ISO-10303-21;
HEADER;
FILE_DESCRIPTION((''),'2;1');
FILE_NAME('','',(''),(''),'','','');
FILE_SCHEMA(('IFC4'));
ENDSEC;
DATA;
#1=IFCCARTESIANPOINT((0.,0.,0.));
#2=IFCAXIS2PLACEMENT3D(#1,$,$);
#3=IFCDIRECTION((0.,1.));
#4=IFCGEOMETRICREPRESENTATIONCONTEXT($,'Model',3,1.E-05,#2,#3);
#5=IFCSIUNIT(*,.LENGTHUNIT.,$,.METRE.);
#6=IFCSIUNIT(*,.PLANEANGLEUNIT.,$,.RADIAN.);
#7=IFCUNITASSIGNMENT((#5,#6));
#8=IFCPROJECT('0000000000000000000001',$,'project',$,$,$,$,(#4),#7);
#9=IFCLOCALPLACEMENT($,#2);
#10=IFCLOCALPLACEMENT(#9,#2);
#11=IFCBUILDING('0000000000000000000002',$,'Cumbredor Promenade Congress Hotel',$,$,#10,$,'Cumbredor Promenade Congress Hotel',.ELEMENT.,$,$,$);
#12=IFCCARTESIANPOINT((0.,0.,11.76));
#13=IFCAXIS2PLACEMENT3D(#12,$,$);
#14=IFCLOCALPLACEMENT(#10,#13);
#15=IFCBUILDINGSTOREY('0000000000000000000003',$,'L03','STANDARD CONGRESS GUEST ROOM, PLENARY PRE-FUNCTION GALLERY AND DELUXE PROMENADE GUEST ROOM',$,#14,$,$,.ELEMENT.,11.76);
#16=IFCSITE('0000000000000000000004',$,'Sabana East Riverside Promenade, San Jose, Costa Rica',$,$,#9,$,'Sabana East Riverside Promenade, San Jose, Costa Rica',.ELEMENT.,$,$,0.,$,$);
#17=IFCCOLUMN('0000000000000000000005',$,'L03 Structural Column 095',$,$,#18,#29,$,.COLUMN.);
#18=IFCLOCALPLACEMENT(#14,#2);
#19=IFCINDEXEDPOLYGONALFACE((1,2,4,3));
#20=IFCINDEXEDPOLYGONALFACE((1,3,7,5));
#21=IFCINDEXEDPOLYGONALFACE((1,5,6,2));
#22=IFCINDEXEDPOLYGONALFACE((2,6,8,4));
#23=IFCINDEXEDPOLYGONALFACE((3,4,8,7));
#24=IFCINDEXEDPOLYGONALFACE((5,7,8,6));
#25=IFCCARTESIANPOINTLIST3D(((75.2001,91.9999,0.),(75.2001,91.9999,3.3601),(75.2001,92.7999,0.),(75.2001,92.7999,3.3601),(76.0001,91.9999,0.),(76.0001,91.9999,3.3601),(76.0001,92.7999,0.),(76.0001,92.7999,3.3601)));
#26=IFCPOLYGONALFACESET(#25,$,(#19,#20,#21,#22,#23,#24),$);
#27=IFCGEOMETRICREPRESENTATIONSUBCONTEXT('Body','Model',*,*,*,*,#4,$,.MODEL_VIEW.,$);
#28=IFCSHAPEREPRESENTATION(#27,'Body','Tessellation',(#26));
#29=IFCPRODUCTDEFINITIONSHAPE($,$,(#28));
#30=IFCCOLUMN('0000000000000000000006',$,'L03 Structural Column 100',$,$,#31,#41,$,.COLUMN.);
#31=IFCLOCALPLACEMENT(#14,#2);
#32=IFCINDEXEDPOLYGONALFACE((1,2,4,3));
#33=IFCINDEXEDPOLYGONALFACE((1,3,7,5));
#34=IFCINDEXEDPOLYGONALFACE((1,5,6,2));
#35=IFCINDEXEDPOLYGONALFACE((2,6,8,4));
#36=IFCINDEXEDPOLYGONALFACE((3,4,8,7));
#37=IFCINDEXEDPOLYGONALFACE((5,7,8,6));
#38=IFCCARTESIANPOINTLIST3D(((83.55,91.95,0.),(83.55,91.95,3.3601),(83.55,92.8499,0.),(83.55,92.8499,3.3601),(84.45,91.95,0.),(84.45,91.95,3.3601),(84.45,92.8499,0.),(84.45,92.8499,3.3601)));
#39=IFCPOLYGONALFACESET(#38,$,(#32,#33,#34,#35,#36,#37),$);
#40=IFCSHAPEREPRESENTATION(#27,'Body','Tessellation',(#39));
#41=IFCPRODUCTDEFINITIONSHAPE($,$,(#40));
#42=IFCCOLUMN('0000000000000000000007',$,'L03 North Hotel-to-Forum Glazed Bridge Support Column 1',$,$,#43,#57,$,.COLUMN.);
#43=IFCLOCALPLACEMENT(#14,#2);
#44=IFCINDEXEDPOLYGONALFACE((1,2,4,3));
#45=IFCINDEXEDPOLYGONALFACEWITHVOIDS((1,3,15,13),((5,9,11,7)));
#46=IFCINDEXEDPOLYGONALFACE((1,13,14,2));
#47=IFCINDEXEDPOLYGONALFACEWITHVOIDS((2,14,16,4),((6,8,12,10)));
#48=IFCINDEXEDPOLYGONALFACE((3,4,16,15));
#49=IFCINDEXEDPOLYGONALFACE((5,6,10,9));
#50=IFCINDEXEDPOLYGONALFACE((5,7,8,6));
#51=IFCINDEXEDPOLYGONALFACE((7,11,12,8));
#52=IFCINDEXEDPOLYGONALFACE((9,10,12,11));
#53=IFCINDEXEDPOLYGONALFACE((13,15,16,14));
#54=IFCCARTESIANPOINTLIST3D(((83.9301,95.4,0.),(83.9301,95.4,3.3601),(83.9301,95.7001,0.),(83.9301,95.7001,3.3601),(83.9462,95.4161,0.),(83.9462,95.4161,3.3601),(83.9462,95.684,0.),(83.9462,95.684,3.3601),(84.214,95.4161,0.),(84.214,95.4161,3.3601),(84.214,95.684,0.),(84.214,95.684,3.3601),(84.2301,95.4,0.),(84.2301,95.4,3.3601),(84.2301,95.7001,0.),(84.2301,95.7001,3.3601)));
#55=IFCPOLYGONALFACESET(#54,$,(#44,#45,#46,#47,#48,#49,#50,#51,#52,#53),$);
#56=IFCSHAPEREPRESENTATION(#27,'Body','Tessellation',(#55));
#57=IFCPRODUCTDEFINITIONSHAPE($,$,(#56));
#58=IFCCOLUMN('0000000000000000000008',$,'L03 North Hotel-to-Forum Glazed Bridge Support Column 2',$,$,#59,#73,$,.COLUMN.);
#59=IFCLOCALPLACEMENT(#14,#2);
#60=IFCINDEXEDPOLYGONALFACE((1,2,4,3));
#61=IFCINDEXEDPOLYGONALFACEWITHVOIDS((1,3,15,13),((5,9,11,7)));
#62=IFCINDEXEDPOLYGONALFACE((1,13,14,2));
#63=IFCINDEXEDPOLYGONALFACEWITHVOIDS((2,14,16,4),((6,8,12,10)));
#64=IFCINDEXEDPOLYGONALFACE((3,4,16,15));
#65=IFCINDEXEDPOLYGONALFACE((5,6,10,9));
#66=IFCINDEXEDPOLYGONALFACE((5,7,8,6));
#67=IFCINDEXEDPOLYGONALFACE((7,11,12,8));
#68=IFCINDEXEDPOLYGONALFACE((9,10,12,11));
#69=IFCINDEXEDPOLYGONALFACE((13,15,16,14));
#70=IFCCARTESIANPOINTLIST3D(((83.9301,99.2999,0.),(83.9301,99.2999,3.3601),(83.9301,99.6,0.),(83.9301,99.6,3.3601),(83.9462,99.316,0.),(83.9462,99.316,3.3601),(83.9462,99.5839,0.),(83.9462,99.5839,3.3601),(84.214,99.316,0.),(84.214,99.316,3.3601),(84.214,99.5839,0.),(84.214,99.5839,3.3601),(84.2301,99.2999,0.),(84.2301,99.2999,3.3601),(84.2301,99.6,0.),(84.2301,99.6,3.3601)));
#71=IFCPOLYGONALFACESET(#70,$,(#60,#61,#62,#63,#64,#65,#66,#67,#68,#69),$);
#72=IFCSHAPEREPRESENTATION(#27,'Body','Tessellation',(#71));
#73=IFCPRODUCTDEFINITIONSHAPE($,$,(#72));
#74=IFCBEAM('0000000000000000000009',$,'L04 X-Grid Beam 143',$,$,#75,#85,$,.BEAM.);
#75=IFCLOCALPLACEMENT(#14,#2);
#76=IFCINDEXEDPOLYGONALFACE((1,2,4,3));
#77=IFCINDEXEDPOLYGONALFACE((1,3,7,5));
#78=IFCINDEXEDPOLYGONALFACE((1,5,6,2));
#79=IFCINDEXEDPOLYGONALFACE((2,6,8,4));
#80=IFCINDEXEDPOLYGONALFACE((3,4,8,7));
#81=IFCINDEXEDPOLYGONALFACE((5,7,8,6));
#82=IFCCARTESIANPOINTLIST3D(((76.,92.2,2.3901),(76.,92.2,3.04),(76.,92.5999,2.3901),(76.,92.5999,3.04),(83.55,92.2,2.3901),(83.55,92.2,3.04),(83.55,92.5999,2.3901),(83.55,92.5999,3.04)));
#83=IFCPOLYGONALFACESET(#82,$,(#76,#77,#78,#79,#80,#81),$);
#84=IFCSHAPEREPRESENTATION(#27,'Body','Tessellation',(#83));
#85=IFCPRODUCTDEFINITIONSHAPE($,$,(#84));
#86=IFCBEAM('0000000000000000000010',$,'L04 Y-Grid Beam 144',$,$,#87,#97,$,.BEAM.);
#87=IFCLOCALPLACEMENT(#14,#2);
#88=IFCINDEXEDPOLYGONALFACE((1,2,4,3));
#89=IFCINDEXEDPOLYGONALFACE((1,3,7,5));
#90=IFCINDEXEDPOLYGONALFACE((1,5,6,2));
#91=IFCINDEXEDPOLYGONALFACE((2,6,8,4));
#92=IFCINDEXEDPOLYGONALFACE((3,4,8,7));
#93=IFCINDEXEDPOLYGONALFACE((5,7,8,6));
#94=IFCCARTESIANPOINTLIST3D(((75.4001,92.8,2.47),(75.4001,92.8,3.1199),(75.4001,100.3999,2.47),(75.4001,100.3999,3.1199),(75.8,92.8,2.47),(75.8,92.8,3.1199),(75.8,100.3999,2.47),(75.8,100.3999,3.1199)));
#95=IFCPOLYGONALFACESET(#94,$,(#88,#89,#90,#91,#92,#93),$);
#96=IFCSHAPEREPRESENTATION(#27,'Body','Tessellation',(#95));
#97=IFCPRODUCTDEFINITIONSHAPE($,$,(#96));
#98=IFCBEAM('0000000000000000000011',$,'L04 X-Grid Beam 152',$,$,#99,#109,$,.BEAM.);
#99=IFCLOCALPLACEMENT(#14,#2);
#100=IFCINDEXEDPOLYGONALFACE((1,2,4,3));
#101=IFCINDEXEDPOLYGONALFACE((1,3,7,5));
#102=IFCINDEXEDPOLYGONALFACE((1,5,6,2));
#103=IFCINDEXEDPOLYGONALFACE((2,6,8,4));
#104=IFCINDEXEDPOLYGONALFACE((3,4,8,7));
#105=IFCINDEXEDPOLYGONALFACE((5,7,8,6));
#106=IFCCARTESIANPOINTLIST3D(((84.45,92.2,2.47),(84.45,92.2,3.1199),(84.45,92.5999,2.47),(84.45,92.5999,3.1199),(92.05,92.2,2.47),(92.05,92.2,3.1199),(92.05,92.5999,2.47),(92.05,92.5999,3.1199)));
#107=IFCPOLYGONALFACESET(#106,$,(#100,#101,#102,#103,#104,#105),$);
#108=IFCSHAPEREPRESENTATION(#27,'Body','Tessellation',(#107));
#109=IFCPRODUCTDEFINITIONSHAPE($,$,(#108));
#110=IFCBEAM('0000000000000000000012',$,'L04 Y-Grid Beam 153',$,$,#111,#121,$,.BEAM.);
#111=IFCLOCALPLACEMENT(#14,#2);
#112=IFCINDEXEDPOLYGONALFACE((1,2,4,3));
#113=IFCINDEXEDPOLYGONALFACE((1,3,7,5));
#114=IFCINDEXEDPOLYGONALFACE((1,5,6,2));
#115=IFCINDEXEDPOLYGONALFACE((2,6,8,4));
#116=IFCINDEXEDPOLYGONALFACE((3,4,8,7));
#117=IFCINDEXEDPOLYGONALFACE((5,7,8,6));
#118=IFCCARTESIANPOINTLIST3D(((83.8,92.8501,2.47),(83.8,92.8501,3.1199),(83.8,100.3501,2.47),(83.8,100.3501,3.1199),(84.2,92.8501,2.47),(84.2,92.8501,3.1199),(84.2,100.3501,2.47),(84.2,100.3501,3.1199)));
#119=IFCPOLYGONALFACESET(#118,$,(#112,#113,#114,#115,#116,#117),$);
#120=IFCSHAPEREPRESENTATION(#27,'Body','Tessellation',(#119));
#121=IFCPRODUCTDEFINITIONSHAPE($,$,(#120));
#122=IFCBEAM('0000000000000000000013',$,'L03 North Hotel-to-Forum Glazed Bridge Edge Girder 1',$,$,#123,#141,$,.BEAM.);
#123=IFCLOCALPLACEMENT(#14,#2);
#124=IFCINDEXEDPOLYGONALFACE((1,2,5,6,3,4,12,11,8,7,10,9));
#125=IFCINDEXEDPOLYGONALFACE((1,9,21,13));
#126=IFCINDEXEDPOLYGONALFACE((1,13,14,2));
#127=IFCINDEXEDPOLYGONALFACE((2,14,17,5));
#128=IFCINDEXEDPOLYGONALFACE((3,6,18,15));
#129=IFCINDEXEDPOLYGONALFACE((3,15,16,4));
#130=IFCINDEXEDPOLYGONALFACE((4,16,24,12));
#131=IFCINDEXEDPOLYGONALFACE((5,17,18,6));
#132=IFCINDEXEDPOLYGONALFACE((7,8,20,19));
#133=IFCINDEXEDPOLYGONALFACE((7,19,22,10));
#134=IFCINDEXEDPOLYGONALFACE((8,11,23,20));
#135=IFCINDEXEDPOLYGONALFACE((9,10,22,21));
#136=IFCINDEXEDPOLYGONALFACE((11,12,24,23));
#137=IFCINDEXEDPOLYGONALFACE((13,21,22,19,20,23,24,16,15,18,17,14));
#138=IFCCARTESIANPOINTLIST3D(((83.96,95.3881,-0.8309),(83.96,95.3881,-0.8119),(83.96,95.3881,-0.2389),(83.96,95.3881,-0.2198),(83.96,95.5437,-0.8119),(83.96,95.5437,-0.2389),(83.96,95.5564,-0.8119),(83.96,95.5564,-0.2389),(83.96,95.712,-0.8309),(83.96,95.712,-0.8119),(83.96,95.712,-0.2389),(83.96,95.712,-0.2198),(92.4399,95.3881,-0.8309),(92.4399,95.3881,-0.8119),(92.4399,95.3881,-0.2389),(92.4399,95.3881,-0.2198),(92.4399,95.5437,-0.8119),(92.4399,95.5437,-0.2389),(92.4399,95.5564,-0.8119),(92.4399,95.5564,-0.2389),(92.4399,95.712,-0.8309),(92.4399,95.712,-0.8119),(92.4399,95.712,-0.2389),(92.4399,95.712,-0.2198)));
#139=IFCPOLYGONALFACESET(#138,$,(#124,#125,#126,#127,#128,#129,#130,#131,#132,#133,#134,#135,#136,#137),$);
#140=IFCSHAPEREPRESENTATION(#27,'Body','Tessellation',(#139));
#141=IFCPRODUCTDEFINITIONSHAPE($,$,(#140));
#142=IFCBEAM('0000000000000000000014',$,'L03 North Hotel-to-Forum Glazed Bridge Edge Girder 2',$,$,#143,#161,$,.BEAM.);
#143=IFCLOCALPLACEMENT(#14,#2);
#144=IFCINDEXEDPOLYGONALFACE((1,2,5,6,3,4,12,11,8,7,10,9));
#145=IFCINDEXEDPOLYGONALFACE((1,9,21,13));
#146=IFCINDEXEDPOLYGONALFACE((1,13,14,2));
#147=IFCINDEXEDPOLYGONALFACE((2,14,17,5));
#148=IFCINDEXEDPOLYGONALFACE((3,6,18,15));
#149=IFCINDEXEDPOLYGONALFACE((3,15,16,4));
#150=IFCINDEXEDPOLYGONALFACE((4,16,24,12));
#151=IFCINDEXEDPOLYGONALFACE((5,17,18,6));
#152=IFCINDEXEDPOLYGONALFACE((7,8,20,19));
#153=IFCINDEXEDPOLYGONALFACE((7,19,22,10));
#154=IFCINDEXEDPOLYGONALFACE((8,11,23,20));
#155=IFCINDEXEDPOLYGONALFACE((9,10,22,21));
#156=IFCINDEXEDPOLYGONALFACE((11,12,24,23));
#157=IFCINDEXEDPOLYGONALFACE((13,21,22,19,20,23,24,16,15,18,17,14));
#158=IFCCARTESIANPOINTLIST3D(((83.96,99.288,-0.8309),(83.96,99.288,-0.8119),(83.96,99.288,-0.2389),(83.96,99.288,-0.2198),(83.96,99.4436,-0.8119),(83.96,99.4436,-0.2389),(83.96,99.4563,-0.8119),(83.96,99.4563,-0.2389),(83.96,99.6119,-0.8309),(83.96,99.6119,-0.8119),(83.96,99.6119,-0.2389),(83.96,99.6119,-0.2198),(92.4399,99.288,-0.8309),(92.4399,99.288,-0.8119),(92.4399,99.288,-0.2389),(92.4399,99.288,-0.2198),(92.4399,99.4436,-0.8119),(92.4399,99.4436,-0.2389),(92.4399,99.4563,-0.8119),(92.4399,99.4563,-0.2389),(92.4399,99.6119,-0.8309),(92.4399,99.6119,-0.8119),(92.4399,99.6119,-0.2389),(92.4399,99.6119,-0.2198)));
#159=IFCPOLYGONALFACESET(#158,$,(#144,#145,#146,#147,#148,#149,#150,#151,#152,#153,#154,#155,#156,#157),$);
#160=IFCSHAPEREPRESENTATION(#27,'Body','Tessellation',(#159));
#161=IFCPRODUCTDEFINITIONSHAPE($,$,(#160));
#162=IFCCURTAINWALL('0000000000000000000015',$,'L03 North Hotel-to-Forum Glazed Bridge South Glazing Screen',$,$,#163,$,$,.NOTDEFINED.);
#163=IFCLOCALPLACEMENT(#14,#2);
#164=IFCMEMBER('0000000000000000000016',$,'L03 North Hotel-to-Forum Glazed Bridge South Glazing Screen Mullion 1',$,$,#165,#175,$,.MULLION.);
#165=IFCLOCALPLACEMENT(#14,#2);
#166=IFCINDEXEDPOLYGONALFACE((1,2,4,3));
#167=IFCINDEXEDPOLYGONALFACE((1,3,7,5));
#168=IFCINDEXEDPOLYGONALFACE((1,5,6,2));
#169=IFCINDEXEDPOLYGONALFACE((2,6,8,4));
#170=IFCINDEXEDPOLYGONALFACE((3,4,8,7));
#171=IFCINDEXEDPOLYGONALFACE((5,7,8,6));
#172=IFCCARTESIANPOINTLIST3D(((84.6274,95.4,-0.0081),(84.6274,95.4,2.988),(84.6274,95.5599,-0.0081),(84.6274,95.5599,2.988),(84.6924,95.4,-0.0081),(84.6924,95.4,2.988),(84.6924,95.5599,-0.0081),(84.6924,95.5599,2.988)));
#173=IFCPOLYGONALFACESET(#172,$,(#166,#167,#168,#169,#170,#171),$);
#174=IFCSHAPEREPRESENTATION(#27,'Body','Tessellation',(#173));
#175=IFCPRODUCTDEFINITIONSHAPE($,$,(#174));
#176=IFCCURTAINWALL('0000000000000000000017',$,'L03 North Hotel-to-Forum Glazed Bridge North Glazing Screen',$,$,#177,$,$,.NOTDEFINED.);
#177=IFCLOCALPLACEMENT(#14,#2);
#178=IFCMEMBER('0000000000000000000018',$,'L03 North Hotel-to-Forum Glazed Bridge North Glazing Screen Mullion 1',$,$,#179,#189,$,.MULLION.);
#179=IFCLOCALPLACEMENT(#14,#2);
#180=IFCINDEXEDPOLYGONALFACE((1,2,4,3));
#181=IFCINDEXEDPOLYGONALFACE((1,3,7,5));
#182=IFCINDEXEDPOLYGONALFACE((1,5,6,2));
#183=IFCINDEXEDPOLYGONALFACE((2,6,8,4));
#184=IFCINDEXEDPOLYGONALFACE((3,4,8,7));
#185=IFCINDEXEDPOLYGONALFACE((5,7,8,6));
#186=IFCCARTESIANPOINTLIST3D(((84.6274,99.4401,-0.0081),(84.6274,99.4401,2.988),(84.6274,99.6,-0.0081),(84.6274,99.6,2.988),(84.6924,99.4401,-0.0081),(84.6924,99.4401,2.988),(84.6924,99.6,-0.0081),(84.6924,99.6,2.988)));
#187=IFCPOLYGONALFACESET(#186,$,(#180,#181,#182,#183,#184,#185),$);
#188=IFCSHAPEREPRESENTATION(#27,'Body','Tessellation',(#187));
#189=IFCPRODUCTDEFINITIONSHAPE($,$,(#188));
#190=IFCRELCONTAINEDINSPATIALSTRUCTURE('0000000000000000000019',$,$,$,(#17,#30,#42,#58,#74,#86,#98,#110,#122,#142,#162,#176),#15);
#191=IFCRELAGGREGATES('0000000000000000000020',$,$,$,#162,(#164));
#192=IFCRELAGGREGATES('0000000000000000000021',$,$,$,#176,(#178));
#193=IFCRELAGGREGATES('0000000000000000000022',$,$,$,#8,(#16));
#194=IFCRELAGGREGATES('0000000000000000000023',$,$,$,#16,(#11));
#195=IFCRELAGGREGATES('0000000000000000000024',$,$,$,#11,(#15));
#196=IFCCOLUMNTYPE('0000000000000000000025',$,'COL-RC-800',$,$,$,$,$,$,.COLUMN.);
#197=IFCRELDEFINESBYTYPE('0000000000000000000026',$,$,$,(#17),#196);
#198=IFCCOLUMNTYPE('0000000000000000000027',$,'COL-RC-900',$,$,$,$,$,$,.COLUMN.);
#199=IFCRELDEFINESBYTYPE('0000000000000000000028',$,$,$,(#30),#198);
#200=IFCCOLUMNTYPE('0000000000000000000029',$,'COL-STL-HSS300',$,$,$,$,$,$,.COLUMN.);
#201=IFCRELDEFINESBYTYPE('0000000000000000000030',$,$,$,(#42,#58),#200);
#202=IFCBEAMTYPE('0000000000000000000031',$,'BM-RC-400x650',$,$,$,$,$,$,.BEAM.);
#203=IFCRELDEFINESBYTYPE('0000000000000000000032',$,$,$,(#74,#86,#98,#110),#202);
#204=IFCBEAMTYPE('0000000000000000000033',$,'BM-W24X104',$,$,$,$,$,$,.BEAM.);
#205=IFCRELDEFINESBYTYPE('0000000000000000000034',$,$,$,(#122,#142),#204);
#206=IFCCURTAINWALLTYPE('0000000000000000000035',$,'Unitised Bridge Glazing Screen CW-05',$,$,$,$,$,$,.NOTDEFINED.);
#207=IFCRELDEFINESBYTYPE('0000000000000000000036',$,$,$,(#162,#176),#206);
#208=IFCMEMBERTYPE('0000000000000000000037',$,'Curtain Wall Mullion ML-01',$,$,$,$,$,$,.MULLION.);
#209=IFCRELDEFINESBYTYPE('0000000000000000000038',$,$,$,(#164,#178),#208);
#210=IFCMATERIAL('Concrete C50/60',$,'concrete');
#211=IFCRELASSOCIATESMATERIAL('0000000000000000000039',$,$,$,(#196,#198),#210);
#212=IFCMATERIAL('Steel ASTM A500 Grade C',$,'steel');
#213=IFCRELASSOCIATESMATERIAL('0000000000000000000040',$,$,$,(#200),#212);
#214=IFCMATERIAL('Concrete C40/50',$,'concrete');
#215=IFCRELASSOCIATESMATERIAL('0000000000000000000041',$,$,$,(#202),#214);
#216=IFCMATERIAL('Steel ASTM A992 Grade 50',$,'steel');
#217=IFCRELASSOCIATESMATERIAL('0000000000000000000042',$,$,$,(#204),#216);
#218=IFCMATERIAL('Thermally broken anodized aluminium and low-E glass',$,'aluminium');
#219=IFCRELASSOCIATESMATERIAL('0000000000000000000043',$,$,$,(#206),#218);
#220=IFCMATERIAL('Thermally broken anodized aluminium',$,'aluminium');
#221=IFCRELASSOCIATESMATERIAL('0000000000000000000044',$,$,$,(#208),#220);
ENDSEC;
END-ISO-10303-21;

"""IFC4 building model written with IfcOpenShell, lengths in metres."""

from ifc_helpers import new_model, si_unit, direction, frame, origin, origin_2d, place, context, subcontext, project, spatial, rectangle, hollow_rectangle, i_section, extrude, material, material_profile, profile_set, type_object, element, aggregate, save


model = new_model("IFC4")

# Units and contexts
model_context = context("Model", 3, precision=1e-05, world=origin(), true_north=direction((0.0, 1.0)))
body_context = subcontext(model_context, "Body", "Model", "MODEL_VIEW")
ifc_project = project(units=[si_unit("LENGTHUNIT", "METRE"), si_unit("PLANEANGLEUNIT", "RADIAN")], contexts=[model_context])

# Site, building, storey
site_placement = place(None, origin())
site = spatial("IfcSite", under=ifc_project, at=site_placement, Name="Sabana East Riverside Promenade, San Jose, Costa Rica", LongName="Sabana East Riverside Promenade, San Jose, Costa Rica", CompositionType="ELEMENT", RefElevation=0.0)
building_placement = place(site_placement, origin())
building = spatial("IfcBuilding", under=site, at=building_placement, Name="Cumbredor Promenade Congress Hotel", LongName="Cumbredor Promenade Congress Hotel", CompositionType="ELEMENT")
storey_placement = place(building_placement, frame((0.0, 0.0, 11.76)))
storey = spatial("IfcBuildingStorey", under=building, at=storey_placement, Name="L03", Description="STANDARD CONGRESS GUEST ROOM, PLENARY PRE-FUNCTION GALLERY AND DELUXE PROMENADE GUEST ROOM", CompositionType="ELEMENT", Elevation=11.76)

# Columns
ifc_material_1 = material(Name="Concrete C50/60", Category="concrete")
ifc_material_profile_1 = material_profile(ifc_material_1, rectangle(XDim=0.8, YDim=0.8, at=origin_2d()), Name="RC 800x800")
ifc_profile_set_1 = profile_set([ifc_material_profile_1], Name="Concrete C50/60")
column_type_1 = type_object("IfcColumnType", Name="COL-RC-800", PredefinedType="COLUMN", material=ifc_profile_set_1)
column_1_placement = place(storey_placement, frame((75.6001, 92.3999, 0.0), z_axis=(0.0, 0.0, 1.0), x_axis=(1.0, 0.0, 0.0)))
element("IfcColumn", 1, at=column_1_placement, inside=storey, type_object=column_type_1, Name="L03 Structural Column 095", PredefinedType="COLUMN", context=body_context, shape_type="SweptSolid", body=[
    extrude(rectangle(XDim=0.8, YDim=0.8, at=origin_2d()), origin(), (0.0, 0.0, 1.0), 3.3601),
])
ifc_material_profile_2 = material_profile(ifc_material_1, rectangle(XDim=0.8999, YDim=0.8999, at=origin_2d()), Name="RC 900x900")
ifc_profile_set_2 = profile_set([ifc_material_profile_2], Name="Concrete C50/60")
column_type_2 = type_object("IfcColumnType", Name="COL-RC-900", PredefinedType="COLUMN", material=ifc_profile_set_2)
column_2_placement = place(storey_placement, frame((84.0, 92.3999, 0.0), z_axis=(0.0, 0.0, 1.0), x_axis=(1.0, 0.0, 0.0)))
element("IfcColumn", 2, at=column_2_placement, inside=storey, type_object=column_type_2, Name="L03 Structural Column 100", PredefinedType="COLUMN", context=body_context, shape_type="SweptSolid", body=[
    extrude(rectangle(XDim=0.8999, YDim=0.8999, at=origin_2d()), origin(), (0.0, 0.0, 1.0), 3.3601),
])
ifc_material_2 = material(Name="Steel ASTM A500 Grade C", Category="steel")
ifc_material_profile_3 = material_profile(ifc_material_2, hollow_rectangle(XDim=0.3, YDim=0.3, WallThickness=0.0161, at=origin_2d()), Name="HSS 300x300x16")
ifc_profile_set_3 = profile_set([ifc_material_profile_3], Name="Steel ASTM A500 Grade C")
column_type_3 = type_object("IfcColumnType", Name="COL-STL-HSS300", PredefinedType="COLUMN", material=ifc_profile_set_3)
for number, where, z_axis, x_axis, name in (
    (3, (84.0801, 95.55, 0.0), (0.0, 0.0, 1.0), (1.0, 0.0, 0.0), "L03 North Hotel-to-Forum Glazed Bridge Support Column 1"),
    (4, (84.0801, 99.45, 0.0), (0.0, 0.0, 1.0), (1.0, 0.0, 0.0), "L03 North Hotel-to-Forum Glazed Bridge Support Column 2"),
):
    element("IfcColumn", number, at=place(storey_placement, frame(where, z_axis=z_axis, x_axis=x_axis)), inside=storey, type_object=column_type_3, Name=name, PredefinedType="COLUMN", context=body_context, shape_type="SweptSolid", body=[
        extrude(hollow_rectangle(XDim=0.3, YDim=0.3, WallThickness=0.0161, at=origin_2d()), origin(), (0.0, 0.0, 1.0), 3.3601),
    ])

# Beams
ifc_material_3 = material(Name="Concrete C40/50", Category="concrete")
ifc_material_profile_4 = material_profile(ifc_material_3, rectangle(XDim=0.3999, YDim=0.6499, at=origin_2d()), Name="RC BEAM 400x650")
ifc_profile_set_4 = profile_set([ifc_material_profile_4], Name="Concrete C40/50")
beam_type_1 = type_object("IfcBeamType", Name="BM-RC-400x650", PredefinedType="BEAM", material=ifc_profile_set_4)
beam_1_placement = place(storey_placement, frame((76.0, 92.3999, 2.7151), z_axis=(1.0, 0.0, 0.0), x_axis=(0.0, 1.0, 0.0)))
element("IfcBeam", 5, at=beam_1_placement, inside=storey, type_object=beam_type_1, Name="L04 X-Grid Beam 143", PredefinedType="BEAM", context=body_context, shape_type="SweptSolid", body=[
    extrude(rectangle(XDim=0.3999, YDim=0.6499, at=origin_2d()), origin(), (0.0, 0.0, 1.0), 7.55),
])
beam_2_placement = place(storey_placement, frame((75.6001, 92.8, 2.7949), z_axis=(0.0, 1.0, 0.0), x_axis=(-1.0, 0.0, 0.0)))
element("IfcBeam", 6, at=beam_2_placement, inside=storey, type_object=beam_type_1, Name="L04 Y-Grid Beam 144", PredefinedType="BEAM", context=body_context, shape_type="SweptSolid", body=[
    extrude(rectangle(XDim=0.3999, YDim=0.6499, at=origin_2d()), origin(), (0.0, 0.0, 1.0), 7.5999),
])
beam_3_placement = place(storey_placement, frame((84.45, 92.3999, 2.7949), z_axis=(1.0, 0.0, 0.0), x_axis=(0.0, 1.0, 0.0)))
element("IfcBeam", 7, at=beam_3_placement, inside=storey, type_object=beam_type_1, Name="L04 X-Grid Beam 152", PredefinedType="BEAM", context=body_context, shape_type="SweptSolid", body=[
    extrude(rectangle(XDim=0.3999, YDim=0.6499, at=origin_2d()), origin(), (0.0, 0.0, 1.0), 7.6001),
])
beam_4_placement = place(storey_placement, frame((84.0, 92.8501, 2.7949), z_axis=(0.0, 1.0, 0.0), x_axis=(-1.0, 0.0, 0.0)))
element("IfcBeam", 8, at=beam_4_placement, inside=storey, type_object=beam_type_1, Name="L04 Y-Grid Beam 153", PredefinedType="BEAM", context=body_context, shape_type="SweptSolid", body=[
    extrude(rectangle(XDim=0.3999, YDim=0.6499, at=origin_2d()), origin(), (0.0, 0.0, 1.0), 7.5),
])
ifc_material_4 = material(Name="Steel ASTM A992 Grade 50", Category="steel")
ifc_material_profile_5 = material_profile(ifc_material_4, i_section(OverallWidth=0.324, OverallDepth=0.6111, WebThickness=0.0127, FlangeThickness=0.019, at=origin_2d()), Name="W24X104")
ifc_profile_set_5 = profile_set([ifc_material_profile_5], Name="Steel ASTM A992 Grade 50")
beam_type_2 = type_object("IfcBeamType", Name="BM-W24X104", PredefinedType="BEAM", material=ifc_profile_set_5)
for number, where, z_axis, x_axis, name in (
    (9, (83.96, 95.55, -0.5254), (1.0, 0.0, 0.0), (0.0, 1.0, 0.0), "L03 North Hotel-to-Forum Glazed Bridge Edge Girder 1"),
    (10, (83.96, 99.45, -0.5254), (1.0, 0.0, 0.0), (0.0, 1.0, 0.0), "L03 North Hotel-to-Forum Glazed Bridge Edge Girder 2"),
):
    element("IfcBeam", number, at=place(storey_placement, frame(where, z_axis=z_axis, x_axis=x_axis)), inside=storey, type_object=beam_type_2, Name=name, PredefinedType="BEAM", context=body_context, shape_type="SweptSolid", body=[
        extrude(i_section(OverallWidth=0.324, OverallDepth=0.6111, WebThickness=0.0127, FlangeThickness=0.019, at=origin_2d()), origin(), (0.0, 0.0, 1.0), 8.48),
    ])

# Curtain walls, members
ifc_material_5 = material(Name="Thermally broken anodized aluminium and low-E glass", Category="aluminium")
curtain_wall_type_1 = type_object("IfcCurtainWallType", Name="Unitised Bridge Glazing Screen CW-05", PredefinedType="NOTDEFINED", material=ifc_material_5)
curtain_wall_1_placement = place(storey_placement, origin())
curtain_wall_1 = element("IfcCurtainWall", 11, at=curtain_wall_1_placement, inside=storey, type_object=curtain_wall_type_1, Name="L03 North Hotel-to-Forum Glazed Bridge South Glazing Screen", PredefinedType="NOTDEFINED")
ifc_material_6 = material(Name="Thermally broken anodized aluminium", Category="aluminium")
ifc_material_profile_6 = material_profile(ifc_material_6, rectangle(XDim=0.0649, YDim=0.1599, at=origin_2d()), Name="ALU MULLION 65x160")
ifc_profile_set_6 = profile_set([ifc_material_profile_6], Name="Thermally broken anodized aluminium")
member_type_1 = type_object("IfcMemberType", Name="Curtain Wall Mullion ML-01", PredefinedType="MULLION", material=ifc_profile_set_6)
member_1_placement = place(storey_placement, frame((84.6599, 95.48, -0.0081), z_axis=(0.0, 0.0, 1.0), x_axis=(1.0, 0.0, 0.0)))
member_1 = element("IfcMember", 12, at=member_1_placement, type_object=member_type_1, Name="L03 North Hotel-to-Forum Glazed Bridge South Glazing Screen Mullion 1", PredefinedType="MULLION", context=body_context, shape_type="SweptSolid", body=[
    extrude(rectangle(XDim=0.0649, YDim=0.1599, at=origin_2d()), origin(), (0.0, 0.0, 1.0), 2.9961),
])
curtain_wall_2_placement = place(storey_placement, origin())
curtain_wall_2 = element("IfcCurtainWall", 13, at=curtain_wall_2_placement, inside=storey, type_object=curtain_wall_type_1, Name="L03 North Hotel-to-Forum Glazed Bridge North Glazing Screen", PredefinedType="NOTDEFINED")
member_2_placement = place(storey_placement, frame((84.6599, 99.52, -0.0081), z_axis=(0.0, 0.0, 1.0), x_axis=(1.0, 0.0, 0.0)))
member_2 = element("IfcMember", 14, at=member_2_placement, type_object=member_type_1, Name="L03 North Hotel-to-Forum Glazed Bridge North Glazing Screen Mullion 1", PredefinedType="MULLION", context=body_context, shape_type="SweptSolid", body=[
    extrude(rectangle(XDim=0.0649, YDim=0.1599, at=origin_2d()), origin(), (0.0, 0.0, 1.0), 2.9961),
])

aggregate(curtain_wall_1, [member_1])
aggregate(curtain_wall_2, [member_2])

save(model, "model.ifc")
